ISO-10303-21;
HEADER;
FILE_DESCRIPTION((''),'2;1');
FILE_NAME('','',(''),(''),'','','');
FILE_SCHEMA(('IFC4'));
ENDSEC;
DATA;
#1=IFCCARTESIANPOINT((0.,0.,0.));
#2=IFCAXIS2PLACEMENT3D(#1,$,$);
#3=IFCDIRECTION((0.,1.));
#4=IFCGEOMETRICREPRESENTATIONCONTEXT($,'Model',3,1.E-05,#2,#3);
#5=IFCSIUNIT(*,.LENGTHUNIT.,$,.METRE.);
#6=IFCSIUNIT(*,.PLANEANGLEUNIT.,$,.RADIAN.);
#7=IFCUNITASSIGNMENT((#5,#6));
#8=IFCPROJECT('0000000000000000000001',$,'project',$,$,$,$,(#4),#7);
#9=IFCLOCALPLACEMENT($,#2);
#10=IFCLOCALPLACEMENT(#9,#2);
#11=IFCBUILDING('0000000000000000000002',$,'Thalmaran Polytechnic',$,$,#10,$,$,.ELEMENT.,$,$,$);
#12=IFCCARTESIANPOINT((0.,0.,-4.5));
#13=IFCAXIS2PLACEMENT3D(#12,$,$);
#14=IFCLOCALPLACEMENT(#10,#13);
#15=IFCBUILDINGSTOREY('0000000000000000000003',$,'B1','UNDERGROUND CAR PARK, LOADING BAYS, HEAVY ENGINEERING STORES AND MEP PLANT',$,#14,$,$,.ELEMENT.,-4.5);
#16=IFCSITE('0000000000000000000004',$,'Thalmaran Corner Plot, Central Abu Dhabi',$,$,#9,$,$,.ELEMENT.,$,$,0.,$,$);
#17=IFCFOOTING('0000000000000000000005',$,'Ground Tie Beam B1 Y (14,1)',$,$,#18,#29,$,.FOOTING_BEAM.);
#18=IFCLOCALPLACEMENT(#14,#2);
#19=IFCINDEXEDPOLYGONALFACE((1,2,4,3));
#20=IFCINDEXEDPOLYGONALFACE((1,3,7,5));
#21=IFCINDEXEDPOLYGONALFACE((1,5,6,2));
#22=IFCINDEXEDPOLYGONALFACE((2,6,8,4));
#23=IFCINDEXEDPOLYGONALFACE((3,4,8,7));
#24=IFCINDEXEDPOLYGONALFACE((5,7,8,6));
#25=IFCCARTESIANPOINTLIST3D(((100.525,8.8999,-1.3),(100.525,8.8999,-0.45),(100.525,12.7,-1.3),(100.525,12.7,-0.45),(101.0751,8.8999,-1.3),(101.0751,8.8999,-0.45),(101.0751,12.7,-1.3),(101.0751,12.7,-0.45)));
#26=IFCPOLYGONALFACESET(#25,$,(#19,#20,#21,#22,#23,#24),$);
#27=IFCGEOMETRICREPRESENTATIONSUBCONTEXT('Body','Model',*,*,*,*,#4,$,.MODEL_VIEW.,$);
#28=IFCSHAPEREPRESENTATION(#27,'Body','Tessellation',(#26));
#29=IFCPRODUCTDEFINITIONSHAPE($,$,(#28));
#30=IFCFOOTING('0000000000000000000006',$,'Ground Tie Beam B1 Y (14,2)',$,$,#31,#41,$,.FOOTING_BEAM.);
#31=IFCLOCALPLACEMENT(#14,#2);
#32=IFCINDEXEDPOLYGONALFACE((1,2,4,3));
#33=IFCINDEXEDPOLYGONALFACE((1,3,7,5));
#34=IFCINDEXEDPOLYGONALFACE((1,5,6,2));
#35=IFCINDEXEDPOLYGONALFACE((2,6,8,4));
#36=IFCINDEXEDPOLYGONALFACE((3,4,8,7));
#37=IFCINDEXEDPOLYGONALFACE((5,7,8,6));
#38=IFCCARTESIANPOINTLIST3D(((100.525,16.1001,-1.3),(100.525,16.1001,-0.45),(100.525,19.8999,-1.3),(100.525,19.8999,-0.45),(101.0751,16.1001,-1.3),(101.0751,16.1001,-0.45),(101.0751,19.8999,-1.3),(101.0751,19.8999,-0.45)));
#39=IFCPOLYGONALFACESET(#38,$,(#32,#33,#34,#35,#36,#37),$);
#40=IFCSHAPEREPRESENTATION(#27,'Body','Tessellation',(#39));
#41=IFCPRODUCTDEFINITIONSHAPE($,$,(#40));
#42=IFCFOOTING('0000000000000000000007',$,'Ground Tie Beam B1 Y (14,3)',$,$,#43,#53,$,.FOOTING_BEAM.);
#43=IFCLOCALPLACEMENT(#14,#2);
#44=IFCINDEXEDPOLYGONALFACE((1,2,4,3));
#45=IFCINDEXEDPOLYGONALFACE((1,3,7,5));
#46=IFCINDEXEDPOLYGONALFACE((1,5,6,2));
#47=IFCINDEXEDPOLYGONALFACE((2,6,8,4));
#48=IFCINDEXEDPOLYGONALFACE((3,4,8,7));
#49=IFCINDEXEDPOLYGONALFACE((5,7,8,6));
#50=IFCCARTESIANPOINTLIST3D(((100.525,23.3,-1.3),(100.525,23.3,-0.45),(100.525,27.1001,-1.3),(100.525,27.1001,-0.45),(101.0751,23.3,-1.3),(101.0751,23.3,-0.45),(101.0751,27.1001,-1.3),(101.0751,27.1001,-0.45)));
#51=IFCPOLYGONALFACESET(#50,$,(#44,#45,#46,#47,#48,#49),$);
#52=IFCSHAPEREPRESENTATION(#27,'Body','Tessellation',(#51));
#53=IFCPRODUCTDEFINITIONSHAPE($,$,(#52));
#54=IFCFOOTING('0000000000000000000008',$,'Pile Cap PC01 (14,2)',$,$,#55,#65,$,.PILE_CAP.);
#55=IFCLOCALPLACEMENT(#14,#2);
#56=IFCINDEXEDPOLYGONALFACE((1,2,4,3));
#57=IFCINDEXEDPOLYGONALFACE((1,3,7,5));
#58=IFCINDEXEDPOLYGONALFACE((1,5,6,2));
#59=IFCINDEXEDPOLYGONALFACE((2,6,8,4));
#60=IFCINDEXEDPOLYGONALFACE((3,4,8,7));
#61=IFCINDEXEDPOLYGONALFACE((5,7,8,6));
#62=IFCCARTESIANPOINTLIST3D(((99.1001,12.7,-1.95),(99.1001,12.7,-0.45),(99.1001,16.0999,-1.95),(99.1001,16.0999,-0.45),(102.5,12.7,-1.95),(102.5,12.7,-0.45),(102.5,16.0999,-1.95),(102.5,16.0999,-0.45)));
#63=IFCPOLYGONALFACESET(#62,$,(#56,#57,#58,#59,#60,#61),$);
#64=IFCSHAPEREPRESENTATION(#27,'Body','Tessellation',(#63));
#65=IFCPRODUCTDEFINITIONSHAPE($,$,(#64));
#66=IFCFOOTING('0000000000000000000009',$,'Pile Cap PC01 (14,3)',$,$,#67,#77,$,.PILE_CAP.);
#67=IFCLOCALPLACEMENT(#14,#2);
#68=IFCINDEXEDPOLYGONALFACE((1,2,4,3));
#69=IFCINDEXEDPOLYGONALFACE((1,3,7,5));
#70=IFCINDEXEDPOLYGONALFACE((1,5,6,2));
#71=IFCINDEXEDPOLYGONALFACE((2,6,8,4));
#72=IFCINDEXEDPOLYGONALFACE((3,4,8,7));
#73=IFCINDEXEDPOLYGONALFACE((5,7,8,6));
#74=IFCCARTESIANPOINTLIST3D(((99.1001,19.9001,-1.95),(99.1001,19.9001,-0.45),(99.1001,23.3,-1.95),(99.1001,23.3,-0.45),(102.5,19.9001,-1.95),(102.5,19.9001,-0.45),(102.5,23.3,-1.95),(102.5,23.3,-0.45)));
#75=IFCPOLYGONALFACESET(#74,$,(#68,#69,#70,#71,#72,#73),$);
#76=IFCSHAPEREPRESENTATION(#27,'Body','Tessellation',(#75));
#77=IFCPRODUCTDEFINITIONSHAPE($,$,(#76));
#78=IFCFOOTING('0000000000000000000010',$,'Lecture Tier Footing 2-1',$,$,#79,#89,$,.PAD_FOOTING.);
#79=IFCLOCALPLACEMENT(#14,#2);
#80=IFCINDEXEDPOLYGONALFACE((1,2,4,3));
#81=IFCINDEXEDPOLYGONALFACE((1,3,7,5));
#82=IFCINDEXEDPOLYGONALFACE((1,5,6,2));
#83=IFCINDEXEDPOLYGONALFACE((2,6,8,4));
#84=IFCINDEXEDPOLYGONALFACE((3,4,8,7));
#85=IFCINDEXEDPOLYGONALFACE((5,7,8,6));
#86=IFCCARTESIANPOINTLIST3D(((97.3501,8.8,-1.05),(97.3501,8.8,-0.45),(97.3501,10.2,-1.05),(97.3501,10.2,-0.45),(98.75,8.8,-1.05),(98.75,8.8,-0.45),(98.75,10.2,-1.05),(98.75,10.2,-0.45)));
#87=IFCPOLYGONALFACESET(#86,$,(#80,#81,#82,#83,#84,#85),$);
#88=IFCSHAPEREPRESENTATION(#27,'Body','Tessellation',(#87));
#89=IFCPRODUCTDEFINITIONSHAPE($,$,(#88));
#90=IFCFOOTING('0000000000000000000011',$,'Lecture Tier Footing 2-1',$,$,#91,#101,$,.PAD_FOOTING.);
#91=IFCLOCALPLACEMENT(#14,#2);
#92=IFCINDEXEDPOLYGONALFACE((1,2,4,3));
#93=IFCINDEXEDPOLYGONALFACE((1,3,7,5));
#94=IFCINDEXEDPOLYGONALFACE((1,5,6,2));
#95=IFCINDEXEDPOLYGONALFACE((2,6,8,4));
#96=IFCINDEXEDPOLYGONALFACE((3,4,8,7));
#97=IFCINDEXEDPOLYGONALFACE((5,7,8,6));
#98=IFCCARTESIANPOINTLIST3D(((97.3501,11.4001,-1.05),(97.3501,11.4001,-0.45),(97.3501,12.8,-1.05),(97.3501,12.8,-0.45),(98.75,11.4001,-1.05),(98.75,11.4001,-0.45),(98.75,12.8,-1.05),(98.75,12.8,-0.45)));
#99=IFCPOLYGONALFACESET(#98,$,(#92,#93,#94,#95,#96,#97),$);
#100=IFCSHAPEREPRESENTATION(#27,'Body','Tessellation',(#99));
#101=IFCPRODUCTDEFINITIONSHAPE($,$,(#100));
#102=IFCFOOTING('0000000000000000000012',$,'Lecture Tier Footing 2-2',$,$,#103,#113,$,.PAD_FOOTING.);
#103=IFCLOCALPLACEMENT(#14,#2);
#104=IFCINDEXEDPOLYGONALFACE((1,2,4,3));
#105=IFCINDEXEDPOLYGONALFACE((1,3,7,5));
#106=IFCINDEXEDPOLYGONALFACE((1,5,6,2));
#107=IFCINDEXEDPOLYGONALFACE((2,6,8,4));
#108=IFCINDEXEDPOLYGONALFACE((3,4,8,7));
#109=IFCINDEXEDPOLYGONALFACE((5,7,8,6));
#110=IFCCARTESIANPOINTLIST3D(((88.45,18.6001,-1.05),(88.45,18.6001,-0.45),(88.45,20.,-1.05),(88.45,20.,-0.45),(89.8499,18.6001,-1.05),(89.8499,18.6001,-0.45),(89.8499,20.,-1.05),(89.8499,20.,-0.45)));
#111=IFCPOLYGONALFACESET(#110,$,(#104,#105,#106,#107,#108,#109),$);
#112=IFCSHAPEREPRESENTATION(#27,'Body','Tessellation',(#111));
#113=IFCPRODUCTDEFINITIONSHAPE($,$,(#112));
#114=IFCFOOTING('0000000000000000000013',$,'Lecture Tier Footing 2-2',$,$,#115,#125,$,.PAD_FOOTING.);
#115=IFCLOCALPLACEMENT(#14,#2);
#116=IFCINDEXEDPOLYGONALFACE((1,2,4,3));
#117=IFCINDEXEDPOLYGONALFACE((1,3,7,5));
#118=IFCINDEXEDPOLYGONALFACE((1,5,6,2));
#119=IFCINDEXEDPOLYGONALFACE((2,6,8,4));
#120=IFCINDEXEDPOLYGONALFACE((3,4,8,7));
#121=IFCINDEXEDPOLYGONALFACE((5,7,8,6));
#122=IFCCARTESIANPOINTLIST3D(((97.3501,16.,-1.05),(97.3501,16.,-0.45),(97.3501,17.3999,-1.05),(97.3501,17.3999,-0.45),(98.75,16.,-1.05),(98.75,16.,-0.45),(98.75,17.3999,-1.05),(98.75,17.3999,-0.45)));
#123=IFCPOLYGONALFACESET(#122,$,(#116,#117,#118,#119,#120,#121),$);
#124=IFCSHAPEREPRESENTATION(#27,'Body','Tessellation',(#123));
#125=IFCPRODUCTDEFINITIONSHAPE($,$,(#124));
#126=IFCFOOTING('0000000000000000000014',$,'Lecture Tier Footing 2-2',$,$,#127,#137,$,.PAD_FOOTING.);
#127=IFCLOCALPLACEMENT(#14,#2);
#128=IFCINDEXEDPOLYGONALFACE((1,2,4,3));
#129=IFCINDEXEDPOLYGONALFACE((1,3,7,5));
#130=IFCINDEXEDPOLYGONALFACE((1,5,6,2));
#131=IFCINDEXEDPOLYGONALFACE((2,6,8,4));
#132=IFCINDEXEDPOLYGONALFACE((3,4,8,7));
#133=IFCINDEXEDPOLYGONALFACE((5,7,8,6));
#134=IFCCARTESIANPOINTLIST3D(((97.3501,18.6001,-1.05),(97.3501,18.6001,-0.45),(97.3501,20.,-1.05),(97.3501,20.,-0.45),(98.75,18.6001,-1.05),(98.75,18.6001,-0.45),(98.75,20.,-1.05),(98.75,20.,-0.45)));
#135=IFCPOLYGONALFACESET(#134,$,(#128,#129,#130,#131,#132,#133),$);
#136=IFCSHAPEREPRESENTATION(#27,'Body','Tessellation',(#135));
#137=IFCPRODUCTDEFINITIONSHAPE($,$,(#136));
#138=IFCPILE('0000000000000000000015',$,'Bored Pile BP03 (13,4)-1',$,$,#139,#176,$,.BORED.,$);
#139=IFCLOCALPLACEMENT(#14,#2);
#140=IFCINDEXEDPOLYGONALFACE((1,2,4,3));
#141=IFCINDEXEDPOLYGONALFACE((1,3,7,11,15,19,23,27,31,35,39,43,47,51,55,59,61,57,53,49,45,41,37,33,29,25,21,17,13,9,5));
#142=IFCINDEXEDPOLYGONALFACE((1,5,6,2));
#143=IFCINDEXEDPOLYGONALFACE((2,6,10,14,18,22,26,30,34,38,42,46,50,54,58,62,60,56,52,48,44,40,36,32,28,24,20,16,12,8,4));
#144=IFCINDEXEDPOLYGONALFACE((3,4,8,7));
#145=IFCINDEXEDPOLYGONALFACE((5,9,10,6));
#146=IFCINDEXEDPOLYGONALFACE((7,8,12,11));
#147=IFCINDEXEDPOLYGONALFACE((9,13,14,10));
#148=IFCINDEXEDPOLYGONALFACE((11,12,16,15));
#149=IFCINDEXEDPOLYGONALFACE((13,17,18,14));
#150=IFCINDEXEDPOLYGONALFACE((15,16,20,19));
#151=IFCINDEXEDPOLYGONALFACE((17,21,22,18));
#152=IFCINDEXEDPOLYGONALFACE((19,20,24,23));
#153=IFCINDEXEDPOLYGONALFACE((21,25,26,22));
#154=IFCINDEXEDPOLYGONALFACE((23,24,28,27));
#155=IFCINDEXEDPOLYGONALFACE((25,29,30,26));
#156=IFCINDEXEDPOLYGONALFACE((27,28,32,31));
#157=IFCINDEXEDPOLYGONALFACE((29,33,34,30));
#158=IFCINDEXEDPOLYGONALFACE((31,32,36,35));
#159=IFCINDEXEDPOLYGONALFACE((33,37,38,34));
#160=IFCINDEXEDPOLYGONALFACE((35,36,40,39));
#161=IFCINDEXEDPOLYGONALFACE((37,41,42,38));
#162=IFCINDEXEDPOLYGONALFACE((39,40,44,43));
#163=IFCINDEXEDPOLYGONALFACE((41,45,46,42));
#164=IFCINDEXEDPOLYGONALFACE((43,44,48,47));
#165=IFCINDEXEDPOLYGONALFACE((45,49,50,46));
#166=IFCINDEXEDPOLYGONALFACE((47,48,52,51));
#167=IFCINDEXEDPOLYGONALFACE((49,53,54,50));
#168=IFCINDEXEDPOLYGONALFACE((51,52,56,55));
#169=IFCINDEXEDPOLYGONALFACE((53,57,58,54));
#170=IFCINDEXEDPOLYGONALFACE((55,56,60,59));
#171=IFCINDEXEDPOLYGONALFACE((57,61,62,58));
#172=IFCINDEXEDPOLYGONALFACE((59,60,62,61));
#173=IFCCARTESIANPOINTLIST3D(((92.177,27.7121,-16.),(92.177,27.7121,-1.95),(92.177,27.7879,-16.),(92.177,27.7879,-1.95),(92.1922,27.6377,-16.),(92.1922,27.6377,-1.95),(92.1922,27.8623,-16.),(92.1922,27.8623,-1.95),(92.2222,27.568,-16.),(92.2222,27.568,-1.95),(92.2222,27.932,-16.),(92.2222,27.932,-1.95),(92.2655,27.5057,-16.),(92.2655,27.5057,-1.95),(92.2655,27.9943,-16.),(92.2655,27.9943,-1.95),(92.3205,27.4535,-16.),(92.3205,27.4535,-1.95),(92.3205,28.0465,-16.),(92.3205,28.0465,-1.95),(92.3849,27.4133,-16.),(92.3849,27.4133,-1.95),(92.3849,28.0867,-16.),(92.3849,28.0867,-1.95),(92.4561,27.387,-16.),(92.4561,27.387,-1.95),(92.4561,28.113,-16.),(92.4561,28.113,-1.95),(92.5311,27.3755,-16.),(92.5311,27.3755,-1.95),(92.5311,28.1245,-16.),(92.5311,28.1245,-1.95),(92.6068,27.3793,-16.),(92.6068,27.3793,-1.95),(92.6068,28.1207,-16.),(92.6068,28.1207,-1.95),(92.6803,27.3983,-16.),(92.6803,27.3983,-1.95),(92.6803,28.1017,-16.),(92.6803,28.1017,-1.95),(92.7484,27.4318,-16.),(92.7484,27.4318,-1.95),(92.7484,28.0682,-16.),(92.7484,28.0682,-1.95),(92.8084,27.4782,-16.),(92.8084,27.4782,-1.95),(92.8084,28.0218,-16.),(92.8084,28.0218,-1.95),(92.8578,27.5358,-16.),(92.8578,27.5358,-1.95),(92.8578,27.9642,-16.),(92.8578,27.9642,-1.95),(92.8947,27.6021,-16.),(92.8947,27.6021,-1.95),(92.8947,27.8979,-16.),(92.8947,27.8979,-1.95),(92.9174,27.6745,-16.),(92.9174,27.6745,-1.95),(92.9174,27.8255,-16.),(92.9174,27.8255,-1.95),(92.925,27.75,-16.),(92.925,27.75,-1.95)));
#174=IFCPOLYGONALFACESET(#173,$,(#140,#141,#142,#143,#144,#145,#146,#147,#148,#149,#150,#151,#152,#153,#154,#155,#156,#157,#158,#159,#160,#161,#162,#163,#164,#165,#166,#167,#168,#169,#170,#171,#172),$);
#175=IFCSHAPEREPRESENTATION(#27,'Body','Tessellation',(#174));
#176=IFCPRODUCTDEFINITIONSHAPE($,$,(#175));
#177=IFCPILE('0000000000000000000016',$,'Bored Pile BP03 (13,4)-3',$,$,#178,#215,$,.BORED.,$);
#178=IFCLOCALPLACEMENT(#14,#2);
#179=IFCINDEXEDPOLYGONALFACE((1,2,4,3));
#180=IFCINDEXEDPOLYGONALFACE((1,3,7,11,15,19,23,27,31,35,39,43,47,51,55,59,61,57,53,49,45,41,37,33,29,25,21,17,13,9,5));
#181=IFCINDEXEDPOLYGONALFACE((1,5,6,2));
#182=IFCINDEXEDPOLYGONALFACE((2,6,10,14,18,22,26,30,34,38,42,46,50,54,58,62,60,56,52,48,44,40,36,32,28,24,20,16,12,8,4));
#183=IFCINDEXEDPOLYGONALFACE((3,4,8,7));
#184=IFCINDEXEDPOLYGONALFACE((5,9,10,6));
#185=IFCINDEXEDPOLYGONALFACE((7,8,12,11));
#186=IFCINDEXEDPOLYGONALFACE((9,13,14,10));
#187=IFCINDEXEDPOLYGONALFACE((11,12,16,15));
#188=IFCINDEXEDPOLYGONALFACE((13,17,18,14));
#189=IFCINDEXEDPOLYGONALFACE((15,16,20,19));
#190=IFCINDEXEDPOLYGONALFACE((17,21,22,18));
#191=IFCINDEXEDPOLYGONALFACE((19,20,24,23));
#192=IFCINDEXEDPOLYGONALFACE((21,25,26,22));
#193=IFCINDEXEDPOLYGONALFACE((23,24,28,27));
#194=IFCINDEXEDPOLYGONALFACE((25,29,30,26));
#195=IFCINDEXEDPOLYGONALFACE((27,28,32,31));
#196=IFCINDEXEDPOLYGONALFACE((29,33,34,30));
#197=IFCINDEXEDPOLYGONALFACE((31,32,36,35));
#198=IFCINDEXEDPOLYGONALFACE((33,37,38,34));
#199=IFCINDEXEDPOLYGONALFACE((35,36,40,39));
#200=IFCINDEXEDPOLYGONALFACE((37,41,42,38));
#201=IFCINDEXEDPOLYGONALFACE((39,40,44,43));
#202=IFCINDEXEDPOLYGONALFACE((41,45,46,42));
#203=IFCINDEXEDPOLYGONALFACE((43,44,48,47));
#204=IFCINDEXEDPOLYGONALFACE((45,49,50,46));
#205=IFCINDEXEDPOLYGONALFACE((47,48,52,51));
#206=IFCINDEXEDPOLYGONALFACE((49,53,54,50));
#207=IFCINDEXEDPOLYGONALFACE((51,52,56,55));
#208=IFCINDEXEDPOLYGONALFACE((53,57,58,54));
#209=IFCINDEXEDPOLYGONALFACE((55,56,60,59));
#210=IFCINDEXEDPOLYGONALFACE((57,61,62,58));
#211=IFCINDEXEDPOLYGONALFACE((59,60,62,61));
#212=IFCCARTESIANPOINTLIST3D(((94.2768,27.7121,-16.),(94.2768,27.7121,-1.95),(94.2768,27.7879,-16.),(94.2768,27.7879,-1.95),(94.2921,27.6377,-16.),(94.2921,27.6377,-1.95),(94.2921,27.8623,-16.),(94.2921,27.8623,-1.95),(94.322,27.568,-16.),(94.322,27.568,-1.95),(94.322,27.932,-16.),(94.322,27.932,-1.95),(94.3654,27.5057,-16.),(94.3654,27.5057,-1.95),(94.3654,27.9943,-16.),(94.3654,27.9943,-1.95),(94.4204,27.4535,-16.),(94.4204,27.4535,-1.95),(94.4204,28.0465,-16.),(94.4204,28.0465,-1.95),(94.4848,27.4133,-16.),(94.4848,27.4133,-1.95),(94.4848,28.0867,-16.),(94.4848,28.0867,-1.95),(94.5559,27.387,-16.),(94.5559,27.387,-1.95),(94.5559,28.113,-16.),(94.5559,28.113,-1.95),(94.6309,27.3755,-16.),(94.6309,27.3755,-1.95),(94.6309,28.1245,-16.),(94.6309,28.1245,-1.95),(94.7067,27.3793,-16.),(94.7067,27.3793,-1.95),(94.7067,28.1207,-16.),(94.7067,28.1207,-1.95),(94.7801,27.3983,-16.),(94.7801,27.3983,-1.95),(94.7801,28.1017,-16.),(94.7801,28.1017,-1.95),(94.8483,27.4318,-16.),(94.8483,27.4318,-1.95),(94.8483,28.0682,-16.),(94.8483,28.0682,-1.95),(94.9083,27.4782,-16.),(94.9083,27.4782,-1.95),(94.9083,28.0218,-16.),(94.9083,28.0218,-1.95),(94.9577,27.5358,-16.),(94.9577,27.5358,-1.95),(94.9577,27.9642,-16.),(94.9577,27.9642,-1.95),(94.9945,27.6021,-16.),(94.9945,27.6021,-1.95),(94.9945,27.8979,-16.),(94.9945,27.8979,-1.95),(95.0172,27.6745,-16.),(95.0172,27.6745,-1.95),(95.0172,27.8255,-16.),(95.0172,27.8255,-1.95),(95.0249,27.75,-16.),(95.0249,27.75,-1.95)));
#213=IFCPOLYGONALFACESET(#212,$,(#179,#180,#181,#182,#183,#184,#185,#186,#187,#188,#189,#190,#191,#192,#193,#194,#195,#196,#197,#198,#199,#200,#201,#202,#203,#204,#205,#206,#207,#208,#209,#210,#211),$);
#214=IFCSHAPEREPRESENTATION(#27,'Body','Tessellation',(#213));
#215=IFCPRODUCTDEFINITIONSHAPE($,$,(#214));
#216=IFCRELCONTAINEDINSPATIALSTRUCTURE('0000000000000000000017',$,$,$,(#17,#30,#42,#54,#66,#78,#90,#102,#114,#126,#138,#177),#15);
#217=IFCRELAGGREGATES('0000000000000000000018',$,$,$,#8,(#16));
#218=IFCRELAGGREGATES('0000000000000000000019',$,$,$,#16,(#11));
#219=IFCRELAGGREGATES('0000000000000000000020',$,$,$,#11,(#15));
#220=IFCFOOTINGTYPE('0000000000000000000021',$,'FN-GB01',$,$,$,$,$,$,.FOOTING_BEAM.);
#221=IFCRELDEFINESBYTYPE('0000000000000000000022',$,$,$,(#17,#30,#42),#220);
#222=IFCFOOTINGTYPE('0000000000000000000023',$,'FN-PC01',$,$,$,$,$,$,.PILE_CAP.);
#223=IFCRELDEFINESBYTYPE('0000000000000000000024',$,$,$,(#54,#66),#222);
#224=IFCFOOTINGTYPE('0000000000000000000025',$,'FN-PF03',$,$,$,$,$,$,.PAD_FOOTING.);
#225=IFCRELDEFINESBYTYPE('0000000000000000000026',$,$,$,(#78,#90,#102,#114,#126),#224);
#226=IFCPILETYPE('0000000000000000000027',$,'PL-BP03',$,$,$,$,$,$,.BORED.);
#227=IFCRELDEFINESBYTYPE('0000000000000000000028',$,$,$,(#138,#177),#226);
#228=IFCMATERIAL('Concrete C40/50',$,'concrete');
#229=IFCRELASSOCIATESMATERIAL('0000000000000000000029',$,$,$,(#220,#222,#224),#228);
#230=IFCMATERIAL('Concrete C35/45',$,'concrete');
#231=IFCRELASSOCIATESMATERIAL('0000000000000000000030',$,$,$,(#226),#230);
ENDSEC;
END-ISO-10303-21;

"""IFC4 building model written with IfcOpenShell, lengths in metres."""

from ifc_helpers import new_model, si_unit, direction, frame, origin, origin_2d, place, context, subcontext, project, spatial, rectangle, circle, extrude, material, material_profile, profile_set, type_object, element, save


model = new_model("IFC4")

# Units and contexts
model_context = context("Model", 3, precision=1e-05, world=origin(), true_north=direction((0.0, 1.0)))
body_context = subcontext(model_context, "Body", "Model", "MODEL_VIEW")
ifc_project = project(units=[si_unit("LENGTHUNIT", "METRE"), si_unit("PLANEANGLEUNIT", "RADIAN")], contexts=[model_context])

# Site, building, storey
site_placement = place(None, origin())
site = spatial("IfcSite", under=ifc_project, at=site_placement, Name="Thalmaran Corner Plot, Central Abu Dhabi", CompositionType="ELEMENT", RefElevation=0.0)
building_placement = place(site_placement, origin())
building = spatial("IfcBuilding", under=site, at=building_placement, Name="Thalmaran Polytechnic", CompositionType="ELEMENT")
storey_placement = place(building_placement, frame((0.0, 0.0, -4.5)))
storey = spatial("IfcBuildingStorey", under=building, at=storey_placement, Name="B1", Description="UNDERGROUND CAR PARK, LOADING BAYS, HEAVY ENGINEERING STORES AND MEP PLANT", CompositionType="ELEMENT", Elevation=-4.5)

# Footings
ifc_material_1 = material(Name="Concrete C40/50", Category="concrete")
ifc_material_profile_1 = material_profile(ifc_material_1, rectangle(XDim=0.55, YDim=0.8501, at=origin_2d()), Name="RC 550x850")
ifc_profile_set_1 = profile_set([ifc_material_profile_1], Name="Concrete C40/50")
footing_type_1 = type_object("IfcFootingType", Name="FN-GB01", PredefinedType="FOOTING_BEAM", material=ifc_profile_set_1)
footing_1_placement = place(storey_placement, frame((100.8, 8.8999, -0.875), z_axis=(0.0, 1.0, 0.0), x_axis=(-1.0, 0.0, 0.0)))
element("IfcFooting", 1, at=footing_1_placement, inside=storey, type_object=footing_type_1, Name="Ground Tie Beam B1 Y (14,1)", PredefinedType="FOOTING_BEAM", context=body_context, shape_type="SweptSolid", body=[
    extrude(rectangle(XDim=0.55, YDim=0.8501, at=origin_2d()), origin(), (0.0, 0.0, 1.0), 3.8),
])
footing_2_placement = place(storey_placement, frame((100.8, 16.1001, -0.875), z_axis=(0.0, 1.0, 0.0), x_axis=(-1.0, 0.0, 0.0)))
element("IfcFooting", 2, at=footing_2_placement, inside=storey, type_object=footing_type_1, Name="Ground Tie Beam B1 Y (14,2)", PredefinedType="FOOTING_BEAM", context=body_context, shape_type="SweptSolid", body=[
    extrude(rectangle(XDim=0.55, YDim=0.8501, at=origin_2d()), origin(), (0.0, 0.0, 1.0), 3.7998),
])
footing_3_placement = place(storey_placement, frame((100.8, 23.3, -0.875), z_axis=(0.0, 1.0, 0.0), x_axis=(-1.0, 0.0, 0.0)))
element("IfcFooting", 3, at=footing_3_placement, inside=storey, type_object=footing_type_1, Name="Ground Tie Beam B1 Y (14,3)", PredefinedType="FOOTING_BEAM", context=body_context, shape_type="SweptSolid", body=[
    extrude(rectangle(XDim=0.55, YDim=0.8501, at=origin_2d()), origin(), (0.0, 0.0, 1.0), 3.8),
])
footing_type_2 = type_object("IfcFootingType", Name="FN-PC01", PredefinedType="PILE_CAP", material=ifc_material_1)
for number, where, z_axis, x_axis, name in (
    (4, (100.8, 14.3999, -1.95), (0.0, 0.0, 1.0), (1.0, 0.0, 0.0), "Pile Cap PC01 (14,2)"),
    (5, (100.8, 21.6001, -1.95), (0.0, 0.0, 1.0), (1.0, 0.0, 0.0), "Pile Cap PC01 (14,3)"),
):
    element("IfcFooting", number, at=place(storey_placement, frame(where, z_axis=z_axis, x_axis=x_axis)), inside=storey, type_object=footing_type_2, Name=name, PredefinedType="PILE_CAP", context=body_context, shape_type="SweptSolid", body=[
        extrude(rectangle(XDim=3.3999, YDim=3.3999, at=origin_2d()), origin(), (0.0, 0.0, 1.0), 1.5),
    ])
footing_type_3 = type_object("IfcFootingType", Name="FN-PF03", PredefinedType="PAD_FOOTING", material=ifc_material_1)
for number, where, z_axis, x_axis, name in (
    (6, (98.05, 9.5, -1.05), (0.0, 0.0, 1.0), (1.0, 0.0, 0.0), "Lecture Tier Footing 2-1"),
    (7, (98.05, 12.1001, -1.05), (0.0, 0.0, 1.0), (1.0, 0.0, 0.0), "Lecture Tier Footing 2-1"),
    (8, (89.1499, 19.3, -1.05), (0.0, 0.0, 1.0), (1.0, 0.0, 0.0), "Lecture Tier Footing 2-2"),
    (9, (98.05, 16.7, -1.05), (0.0, 0.0, 1.0), (1.0, 0.0, 0.0), "Lecture Tier Footing 2-2"),
    (10, (98.05, 19.3, -1.05), (0.0, 0.0, 1.0), (1.0, 0.0, 0.0), "Lecture Tier Footing 2-2"),
):
    element("IfcFooting", number, at=place(storey_placement, frame(where, z_axis=z_axis, x_axis=x_axis)), inside=storey, type_object=footing_type_3, Name=name, PredefinedType="PAD_FOOTING", context=body_context, shape_type="SweptSolid", body=[
        extrude(rectangle(XDim=1.3999, YDim=1.3999, at=origin_2d()), origin(), (0.0, 0.0, 1.0), 0.6001),
    ])

# Piles
ifc_material_2 = material(Name="Concrete C35/45", Category="concrete")
ifc_material_profile_2 = material_profile(ifc_material_2, circle(Radius=0.375, at=origin_2d()), Name="RC 750 DIA")
ifc_profile_set_2 = profile_set([ifc_material_profile_2], Name="Concrete C35/45")
pile_type = type_object("IfcPileType", Name="PL-BP03", PredefinedType="BORED", material=ifc_profile_set_2)
for number, where, z_axis, x_axis, name in (
    (11, (92.55, 27.75, -1.95), (0.0, 0.0, -1.0), (1.0, 0.0, 0.0), "Bored Pile BP03 (13,4)-1"),
    (12, (94.6499, 27.75, -1.95), (0.0, 0.0, -1.0), (1.0, 0.0, 0.0), "Bored Pile BP03 (13,4)-3"),
):
    element("IfcPile", number, at=place(storey_placement, frame(where, z_axis=z_axis, x_axis=x_axis)), inside=storey, type_object=pile_type, Name=name, PredefinedType="BORED", context=body_context, shape_type="SweptSolid", body=[
        extrude(circle(Radius=0.375, at=origin_2d()), origin(), (0.0, 0.0, 1.0), 14.05),
    ])

save(model, "model.ifc")
